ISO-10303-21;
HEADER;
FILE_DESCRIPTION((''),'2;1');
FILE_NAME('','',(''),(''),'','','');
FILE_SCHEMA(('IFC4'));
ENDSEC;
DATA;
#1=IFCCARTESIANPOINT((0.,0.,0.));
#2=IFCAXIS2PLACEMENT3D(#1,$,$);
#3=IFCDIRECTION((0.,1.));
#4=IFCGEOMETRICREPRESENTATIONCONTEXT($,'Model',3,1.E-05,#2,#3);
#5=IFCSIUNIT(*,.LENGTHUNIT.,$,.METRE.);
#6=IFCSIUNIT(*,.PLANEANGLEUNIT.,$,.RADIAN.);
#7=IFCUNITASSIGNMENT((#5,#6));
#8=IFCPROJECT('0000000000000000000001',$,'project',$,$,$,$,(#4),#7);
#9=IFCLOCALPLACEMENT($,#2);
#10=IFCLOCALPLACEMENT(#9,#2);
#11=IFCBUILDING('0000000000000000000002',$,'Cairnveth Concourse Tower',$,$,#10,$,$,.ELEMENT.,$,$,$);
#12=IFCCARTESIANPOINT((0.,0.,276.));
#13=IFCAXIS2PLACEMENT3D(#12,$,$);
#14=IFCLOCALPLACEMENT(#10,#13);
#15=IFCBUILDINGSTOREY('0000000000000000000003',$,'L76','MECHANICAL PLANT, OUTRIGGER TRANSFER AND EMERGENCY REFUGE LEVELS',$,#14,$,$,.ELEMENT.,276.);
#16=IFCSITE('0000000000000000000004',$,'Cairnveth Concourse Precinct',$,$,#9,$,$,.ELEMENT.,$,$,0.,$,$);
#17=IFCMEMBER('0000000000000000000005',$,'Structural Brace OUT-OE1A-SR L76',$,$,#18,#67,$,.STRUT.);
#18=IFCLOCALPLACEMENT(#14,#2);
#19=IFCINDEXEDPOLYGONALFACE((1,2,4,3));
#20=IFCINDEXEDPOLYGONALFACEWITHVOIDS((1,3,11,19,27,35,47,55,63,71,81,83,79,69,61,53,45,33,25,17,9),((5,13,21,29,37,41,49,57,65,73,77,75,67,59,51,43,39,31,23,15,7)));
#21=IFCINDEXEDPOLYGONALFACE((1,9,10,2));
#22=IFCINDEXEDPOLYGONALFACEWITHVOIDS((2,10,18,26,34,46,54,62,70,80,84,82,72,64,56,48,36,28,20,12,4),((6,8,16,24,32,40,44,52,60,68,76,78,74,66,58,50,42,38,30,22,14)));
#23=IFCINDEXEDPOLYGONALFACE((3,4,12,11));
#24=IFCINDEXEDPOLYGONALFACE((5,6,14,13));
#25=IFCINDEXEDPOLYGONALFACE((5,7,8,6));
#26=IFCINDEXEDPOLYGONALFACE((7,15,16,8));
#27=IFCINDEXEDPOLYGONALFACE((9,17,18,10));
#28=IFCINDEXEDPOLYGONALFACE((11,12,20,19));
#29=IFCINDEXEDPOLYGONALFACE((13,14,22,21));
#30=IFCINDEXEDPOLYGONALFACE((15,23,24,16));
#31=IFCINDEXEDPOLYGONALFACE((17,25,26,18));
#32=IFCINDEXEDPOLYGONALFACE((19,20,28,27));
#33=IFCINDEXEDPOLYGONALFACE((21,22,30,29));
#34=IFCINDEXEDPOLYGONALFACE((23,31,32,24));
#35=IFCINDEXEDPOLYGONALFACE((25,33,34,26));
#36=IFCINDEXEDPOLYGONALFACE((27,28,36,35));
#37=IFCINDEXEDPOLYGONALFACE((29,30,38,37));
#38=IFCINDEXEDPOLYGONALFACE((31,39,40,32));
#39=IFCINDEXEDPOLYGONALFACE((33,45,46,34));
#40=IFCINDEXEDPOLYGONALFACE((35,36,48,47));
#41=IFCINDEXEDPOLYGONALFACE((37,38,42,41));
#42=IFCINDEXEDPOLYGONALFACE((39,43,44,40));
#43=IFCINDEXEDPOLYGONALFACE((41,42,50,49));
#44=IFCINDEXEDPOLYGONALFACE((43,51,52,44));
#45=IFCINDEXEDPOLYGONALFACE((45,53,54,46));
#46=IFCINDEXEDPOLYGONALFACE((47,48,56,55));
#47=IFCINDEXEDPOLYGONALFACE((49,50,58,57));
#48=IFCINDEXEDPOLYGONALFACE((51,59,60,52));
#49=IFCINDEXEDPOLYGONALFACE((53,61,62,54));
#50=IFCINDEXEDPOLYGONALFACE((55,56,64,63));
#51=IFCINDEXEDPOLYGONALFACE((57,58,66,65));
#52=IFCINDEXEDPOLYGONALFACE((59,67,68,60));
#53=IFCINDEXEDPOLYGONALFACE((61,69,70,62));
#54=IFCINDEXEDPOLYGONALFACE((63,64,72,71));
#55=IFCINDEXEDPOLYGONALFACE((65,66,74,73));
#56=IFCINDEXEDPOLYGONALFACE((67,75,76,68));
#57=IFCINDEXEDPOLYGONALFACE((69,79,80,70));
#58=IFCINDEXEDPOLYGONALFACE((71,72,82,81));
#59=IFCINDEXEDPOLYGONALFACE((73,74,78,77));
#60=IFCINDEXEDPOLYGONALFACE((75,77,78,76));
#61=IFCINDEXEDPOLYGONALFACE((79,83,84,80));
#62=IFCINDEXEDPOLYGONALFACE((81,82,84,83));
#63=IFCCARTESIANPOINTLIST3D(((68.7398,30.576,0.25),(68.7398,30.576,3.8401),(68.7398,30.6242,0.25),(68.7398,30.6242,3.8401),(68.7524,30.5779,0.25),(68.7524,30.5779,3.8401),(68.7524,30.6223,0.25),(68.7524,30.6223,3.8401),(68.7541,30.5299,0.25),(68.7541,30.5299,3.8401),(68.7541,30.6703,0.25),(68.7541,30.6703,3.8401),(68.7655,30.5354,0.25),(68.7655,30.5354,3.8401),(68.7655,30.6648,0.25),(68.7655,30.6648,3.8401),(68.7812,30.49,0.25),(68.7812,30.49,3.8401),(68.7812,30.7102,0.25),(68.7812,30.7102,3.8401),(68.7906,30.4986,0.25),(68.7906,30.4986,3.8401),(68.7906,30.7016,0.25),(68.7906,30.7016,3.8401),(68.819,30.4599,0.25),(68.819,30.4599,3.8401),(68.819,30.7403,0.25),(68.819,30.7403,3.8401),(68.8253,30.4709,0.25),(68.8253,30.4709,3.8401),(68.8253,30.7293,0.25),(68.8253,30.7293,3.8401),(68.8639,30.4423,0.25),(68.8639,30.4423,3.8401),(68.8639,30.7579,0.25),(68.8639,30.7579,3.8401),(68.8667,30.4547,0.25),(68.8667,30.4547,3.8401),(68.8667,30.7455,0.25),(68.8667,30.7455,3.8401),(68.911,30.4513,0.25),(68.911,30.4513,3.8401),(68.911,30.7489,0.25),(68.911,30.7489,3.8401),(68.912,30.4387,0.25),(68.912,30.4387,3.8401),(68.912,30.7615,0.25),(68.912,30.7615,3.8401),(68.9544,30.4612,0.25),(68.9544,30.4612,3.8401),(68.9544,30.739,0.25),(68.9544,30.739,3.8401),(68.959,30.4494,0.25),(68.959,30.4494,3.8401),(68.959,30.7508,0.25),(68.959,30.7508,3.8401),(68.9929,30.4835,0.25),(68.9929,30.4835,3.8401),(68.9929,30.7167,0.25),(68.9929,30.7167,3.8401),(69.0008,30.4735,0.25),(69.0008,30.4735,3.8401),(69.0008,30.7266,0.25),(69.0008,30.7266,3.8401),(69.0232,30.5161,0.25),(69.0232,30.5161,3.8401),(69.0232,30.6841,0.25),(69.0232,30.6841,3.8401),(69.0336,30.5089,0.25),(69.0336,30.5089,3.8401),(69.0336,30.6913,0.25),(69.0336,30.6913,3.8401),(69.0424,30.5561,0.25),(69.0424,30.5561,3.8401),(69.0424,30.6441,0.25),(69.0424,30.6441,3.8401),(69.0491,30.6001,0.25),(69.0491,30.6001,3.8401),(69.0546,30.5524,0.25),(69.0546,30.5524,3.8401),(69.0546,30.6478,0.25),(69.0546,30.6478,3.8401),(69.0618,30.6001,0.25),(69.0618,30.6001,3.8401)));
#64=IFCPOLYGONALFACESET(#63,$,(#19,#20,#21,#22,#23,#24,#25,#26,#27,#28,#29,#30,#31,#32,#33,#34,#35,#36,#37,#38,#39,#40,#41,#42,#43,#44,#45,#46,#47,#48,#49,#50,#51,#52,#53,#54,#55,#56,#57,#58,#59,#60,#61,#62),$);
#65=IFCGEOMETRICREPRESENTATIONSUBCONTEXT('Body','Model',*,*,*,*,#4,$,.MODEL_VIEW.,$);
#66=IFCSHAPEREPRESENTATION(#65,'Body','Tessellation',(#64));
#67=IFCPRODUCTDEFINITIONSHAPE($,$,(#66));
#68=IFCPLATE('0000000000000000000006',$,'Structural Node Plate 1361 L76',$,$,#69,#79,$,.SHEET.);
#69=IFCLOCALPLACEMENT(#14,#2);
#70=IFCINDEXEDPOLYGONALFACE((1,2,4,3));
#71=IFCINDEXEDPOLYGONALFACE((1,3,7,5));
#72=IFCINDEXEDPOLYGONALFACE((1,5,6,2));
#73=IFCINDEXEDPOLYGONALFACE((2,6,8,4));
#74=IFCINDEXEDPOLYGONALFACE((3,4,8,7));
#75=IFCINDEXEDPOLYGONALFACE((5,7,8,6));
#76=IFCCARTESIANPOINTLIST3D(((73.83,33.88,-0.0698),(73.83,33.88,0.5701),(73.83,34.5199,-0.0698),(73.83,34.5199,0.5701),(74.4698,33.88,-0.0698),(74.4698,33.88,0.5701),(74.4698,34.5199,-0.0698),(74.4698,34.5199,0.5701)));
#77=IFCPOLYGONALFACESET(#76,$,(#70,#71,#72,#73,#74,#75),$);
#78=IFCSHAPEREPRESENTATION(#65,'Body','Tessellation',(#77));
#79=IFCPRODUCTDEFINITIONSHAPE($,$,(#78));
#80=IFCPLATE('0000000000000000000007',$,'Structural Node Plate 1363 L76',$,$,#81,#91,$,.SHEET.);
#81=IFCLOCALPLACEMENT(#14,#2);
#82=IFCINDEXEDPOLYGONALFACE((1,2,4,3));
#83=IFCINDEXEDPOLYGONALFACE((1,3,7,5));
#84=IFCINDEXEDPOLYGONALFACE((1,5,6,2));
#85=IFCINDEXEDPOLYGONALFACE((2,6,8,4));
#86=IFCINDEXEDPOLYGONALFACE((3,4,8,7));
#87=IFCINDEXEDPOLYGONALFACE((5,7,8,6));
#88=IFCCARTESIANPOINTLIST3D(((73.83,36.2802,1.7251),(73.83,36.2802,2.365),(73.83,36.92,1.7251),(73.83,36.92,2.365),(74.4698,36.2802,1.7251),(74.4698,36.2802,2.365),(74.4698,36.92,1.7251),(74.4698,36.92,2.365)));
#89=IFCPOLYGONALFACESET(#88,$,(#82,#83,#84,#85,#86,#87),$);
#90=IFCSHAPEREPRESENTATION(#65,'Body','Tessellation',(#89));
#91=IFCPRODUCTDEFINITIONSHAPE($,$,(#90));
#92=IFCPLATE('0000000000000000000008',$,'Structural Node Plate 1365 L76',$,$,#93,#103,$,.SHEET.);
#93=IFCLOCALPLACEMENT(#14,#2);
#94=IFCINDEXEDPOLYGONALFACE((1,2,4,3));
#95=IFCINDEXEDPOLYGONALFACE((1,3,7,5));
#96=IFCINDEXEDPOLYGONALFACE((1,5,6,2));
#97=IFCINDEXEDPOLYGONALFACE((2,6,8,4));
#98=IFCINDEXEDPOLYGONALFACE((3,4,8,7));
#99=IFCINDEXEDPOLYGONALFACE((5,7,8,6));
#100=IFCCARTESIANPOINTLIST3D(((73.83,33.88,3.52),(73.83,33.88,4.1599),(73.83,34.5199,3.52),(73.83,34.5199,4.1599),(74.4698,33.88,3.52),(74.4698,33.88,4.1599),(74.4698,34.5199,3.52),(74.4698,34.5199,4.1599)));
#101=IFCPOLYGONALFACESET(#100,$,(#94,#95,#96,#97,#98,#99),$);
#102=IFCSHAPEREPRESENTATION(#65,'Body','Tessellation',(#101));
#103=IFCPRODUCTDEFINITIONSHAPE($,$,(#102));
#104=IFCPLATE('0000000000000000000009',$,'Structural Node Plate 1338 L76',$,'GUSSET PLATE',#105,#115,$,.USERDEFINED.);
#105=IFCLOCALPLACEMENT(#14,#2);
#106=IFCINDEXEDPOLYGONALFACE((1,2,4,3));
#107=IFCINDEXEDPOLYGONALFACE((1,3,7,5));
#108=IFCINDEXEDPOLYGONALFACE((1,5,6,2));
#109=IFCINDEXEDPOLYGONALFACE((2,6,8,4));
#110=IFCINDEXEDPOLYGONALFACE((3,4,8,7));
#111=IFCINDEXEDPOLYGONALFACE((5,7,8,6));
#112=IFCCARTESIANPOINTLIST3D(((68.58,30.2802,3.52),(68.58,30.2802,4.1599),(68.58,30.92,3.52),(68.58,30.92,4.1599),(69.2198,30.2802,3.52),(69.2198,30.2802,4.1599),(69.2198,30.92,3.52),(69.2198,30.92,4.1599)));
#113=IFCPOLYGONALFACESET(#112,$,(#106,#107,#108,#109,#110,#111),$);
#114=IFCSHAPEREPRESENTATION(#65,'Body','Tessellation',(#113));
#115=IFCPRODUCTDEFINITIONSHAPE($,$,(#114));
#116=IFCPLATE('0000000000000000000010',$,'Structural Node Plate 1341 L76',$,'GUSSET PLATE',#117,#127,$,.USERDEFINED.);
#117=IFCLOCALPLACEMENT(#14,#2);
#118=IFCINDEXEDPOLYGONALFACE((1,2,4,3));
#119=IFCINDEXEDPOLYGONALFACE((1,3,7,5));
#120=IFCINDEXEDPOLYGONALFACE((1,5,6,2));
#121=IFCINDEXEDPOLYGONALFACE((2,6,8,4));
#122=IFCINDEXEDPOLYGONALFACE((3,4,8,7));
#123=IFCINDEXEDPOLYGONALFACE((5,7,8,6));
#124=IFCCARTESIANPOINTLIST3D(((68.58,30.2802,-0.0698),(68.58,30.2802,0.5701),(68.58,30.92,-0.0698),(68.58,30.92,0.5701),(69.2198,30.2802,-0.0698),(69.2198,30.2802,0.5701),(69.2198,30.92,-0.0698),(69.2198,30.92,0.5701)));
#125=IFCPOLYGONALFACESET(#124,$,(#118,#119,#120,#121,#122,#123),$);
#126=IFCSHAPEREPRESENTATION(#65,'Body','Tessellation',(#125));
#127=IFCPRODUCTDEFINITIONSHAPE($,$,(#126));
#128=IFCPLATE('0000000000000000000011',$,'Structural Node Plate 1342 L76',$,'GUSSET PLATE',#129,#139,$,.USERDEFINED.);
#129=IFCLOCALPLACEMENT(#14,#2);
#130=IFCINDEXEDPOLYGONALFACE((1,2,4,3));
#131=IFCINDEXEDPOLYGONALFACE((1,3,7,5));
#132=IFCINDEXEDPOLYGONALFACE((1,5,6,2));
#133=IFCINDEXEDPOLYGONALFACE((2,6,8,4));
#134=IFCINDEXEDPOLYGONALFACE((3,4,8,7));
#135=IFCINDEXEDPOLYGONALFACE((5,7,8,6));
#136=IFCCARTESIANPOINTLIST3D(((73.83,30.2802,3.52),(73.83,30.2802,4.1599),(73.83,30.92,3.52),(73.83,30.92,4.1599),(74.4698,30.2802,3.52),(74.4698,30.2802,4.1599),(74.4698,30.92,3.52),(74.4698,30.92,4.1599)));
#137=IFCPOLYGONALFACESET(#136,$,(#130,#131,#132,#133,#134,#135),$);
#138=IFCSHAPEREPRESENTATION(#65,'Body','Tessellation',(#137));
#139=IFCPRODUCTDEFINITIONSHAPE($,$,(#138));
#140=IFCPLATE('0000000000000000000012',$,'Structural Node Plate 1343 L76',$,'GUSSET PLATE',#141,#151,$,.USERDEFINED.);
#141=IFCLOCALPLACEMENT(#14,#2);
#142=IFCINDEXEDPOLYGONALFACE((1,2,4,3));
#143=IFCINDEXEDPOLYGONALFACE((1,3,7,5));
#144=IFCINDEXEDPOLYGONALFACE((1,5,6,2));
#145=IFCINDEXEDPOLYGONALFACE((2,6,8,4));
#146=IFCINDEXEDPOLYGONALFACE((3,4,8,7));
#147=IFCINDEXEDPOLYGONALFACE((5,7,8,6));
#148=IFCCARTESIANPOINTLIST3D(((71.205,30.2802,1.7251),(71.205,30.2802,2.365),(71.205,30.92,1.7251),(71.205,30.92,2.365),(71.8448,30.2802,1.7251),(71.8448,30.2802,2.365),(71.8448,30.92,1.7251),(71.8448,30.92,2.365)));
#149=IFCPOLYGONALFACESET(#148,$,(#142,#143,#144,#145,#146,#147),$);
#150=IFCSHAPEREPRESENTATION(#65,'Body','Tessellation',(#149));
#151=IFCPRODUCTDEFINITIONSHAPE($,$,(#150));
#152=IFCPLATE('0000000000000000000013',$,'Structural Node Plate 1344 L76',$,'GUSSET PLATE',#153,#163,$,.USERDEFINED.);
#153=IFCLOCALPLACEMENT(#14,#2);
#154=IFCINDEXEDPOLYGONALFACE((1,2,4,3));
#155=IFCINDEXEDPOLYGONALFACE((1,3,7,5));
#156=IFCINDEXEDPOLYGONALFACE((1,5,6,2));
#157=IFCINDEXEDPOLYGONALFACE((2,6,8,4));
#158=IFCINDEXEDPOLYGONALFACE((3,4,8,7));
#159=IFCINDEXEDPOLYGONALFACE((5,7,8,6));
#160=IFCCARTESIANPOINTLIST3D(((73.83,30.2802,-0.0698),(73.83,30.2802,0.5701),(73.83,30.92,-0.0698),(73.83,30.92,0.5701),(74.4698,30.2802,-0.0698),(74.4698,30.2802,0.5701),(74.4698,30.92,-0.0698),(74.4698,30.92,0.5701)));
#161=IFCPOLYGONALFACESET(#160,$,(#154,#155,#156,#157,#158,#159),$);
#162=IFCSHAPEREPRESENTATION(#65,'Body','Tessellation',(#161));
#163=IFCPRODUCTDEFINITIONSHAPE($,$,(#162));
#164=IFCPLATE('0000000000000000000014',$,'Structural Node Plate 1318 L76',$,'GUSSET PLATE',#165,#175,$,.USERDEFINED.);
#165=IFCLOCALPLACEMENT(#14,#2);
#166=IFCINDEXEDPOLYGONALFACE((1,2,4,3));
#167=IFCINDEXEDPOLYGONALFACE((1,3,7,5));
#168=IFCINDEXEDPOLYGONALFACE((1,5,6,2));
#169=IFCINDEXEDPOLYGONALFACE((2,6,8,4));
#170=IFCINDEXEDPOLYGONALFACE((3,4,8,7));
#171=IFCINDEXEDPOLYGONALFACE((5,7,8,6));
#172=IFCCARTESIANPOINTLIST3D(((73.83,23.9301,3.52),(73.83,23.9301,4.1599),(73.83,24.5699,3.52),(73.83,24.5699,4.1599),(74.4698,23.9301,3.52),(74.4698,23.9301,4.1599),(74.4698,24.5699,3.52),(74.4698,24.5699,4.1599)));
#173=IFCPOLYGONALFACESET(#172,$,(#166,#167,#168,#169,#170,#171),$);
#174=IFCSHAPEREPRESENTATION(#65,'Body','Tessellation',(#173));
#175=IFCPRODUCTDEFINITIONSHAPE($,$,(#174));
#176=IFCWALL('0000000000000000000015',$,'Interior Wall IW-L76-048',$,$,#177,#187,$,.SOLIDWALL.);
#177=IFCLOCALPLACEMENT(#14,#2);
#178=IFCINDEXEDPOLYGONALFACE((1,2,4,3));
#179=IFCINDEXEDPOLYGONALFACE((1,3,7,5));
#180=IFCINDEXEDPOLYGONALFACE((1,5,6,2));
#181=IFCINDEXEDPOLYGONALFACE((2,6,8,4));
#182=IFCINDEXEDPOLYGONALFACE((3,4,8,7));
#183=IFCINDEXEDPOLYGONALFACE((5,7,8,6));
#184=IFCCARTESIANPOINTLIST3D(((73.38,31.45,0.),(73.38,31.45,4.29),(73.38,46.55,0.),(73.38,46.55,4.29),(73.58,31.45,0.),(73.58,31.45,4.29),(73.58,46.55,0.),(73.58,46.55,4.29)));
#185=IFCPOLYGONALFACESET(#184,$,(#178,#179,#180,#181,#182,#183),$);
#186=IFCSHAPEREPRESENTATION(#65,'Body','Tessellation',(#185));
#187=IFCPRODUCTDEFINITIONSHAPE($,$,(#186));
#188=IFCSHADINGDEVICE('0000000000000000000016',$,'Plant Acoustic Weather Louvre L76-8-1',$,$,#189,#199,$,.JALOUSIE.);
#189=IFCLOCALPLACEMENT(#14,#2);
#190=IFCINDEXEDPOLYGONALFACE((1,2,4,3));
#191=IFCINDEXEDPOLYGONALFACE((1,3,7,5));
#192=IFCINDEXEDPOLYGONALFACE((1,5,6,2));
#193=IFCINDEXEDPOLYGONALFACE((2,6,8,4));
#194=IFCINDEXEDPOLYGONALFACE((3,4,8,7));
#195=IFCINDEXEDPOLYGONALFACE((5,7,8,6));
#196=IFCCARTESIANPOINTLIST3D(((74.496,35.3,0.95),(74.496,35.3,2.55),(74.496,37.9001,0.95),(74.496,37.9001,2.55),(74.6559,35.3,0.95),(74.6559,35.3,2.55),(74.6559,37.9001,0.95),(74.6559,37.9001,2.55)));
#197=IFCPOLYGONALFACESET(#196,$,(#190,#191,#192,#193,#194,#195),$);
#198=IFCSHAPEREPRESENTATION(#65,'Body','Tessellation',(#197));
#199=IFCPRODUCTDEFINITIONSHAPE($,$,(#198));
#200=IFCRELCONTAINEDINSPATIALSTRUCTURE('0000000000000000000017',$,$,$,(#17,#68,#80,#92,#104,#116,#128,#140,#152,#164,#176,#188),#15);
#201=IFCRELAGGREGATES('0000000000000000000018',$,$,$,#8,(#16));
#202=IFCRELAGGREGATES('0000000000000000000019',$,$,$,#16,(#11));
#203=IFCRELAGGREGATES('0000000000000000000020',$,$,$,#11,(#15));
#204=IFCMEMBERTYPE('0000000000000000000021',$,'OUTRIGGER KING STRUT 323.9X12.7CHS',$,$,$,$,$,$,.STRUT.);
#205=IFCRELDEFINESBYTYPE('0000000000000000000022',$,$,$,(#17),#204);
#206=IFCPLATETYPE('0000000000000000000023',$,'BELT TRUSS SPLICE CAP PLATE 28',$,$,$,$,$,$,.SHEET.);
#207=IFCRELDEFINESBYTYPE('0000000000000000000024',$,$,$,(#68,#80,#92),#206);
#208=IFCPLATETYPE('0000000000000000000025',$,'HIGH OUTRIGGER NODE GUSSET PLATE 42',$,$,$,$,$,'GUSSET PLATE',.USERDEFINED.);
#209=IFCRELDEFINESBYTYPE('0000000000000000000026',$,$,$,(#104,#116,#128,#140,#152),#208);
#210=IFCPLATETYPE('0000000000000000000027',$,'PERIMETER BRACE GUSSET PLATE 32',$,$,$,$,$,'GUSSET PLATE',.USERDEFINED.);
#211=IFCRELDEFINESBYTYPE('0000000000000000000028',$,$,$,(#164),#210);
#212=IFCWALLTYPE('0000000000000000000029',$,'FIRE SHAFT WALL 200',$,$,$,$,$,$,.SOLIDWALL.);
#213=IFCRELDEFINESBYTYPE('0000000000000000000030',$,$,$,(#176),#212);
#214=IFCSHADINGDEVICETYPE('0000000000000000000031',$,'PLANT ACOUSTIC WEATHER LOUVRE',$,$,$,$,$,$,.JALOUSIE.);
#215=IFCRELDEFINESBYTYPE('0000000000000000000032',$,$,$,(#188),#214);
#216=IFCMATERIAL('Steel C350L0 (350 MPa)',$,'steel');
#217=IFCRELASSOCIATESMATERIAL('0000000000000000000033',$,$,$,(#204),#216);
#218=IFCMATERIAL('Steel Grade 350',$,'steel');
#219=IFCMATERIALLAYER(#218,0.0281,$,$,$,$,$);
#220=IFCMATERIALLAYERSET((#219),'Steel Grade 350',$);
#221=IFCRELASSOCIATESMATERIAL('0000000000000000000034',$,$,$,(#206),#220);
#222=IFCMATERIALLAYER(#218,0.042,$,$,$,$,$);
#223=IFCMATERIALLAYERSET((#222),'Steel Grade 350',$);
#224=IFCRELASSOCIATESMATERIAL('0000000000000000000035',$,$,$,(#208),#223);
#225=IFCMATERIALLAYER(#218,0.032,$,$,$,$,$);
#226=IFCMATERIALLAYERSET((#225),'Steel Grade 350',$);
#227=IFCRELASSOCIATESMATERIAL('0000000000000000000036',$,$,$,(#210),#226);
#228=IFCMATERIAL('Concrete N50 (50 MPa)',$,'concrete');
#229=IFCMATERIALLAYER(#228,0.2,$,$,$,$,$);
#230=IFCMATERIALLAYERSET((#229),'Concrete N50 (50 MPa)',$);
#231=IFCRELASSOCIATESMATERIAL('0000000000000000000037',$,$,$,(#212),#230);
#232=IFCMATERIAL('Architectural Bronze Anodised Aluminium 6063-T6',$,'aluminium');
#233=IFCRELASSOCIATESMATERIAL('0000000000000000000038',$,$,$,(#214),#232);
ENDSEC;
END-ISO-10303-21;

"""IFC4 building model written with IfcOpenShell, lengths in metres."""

from ifc_helpers import new_model, si_unit, direction, frame, frame_2d, origin, origin_2d, place, context, subcontext, project, spatial, rectangle, hollow_circle, extrude, material, layer, layer_set, material_profile, profile_set, type_object, element, save


model = new_model("IFC4")

# Units and contexts
model_context = context("Model", 3, precision=1e-05, world=origin(), true_north=direction((0.0, 1.0)))
body_context = subcontext(model_context, "Body", "Model", "MODEL_VIEW")
ifc_project = project(units=[si_unit("LENGTHUNIT", "METRE"), si_unit("PLANEANGLEUNIT", "RADIAN")], contexts=[model_context])

# Site, building, storey
site_placement = place(None, origin())
site = spatial("IfcSite", under=ifc_project, at=site_placement, Name="Cairnveth Concourse Precinct", CompositionType="ELEMENT", RefElevation=0.0)
building_placement = place(site_placement, origin())
building = spatial("IfcBuilding", under=site, at=building_placement, Name="Cairnveth Concourse Tower", CompositionType="ELEMENT")
storey_placement = place(building_placement, frame((0.0, 0.0, 276.0)))
storey = spatial("IfcBuildingStorey", under=building, at=storey_placement, Name="L76", Description="MECHANICAL PLANT, OUTRIGGER TRANSFER AND EMERGENCY REFUGE LEVELS", CompositionType="ELEMENT", Elevation=276.0)

# Shared definitions
ifc_material_1 = material(Name="Steel C350L0 (350 MPa)", Category="steel")

# Member
ifc_material_profile_1 = material_profile(ifc_material_1, hollow_circle(Radius=0.1619, WallThickness=0.0127, at=origin_2d()), Name="323.9x12.7CHS")
ifc_profile_set_1 = profile_set([ifc_material_profile_1], Name="Steel C350L0 (350 MPa)")
member_type_1 = type_object("IfcMemberType", Name="OUTRIGGER KING STRUT 323.9X12.7CHS", PredefinedType="STRUT", material=ifc_profile_set_1)
member_1_placement = place(storey_placement, frame((68.8999, 30.6001, 0.25), z_axis=(0.0, 0.0, 1.0), x_axis=(1.0, 0.0, 0.0)))
element("IfcMember", 1, at=member_1_placement, inside=storey, type_object=member_type_1, Name="Structural Brace OUT-OE1A-SR L76", PredefinedType="STRUT", context=body_context, shape_type="SweptSolid", body=[
    extrude(hollow_circle(Radius=0.1619, WallThickness=0.0127, at=origin_2d()), origin(), (0.0, 0.0, 1.0), 3.5901),
])

# Plates
ifc_material_2 = material(Name="Steel Grade 350", Category="steel")
ifc_layer_1 = layer(ifc_material_2, 0.0281)
ifc_layer_set_1 = layer_set([ifc_layer_1], Name="Steel Grade 350")
plate_type_1 = type_object("IfcPlateType", Name="BELT TRUSS SPLICE CAP PLATE 28", PredefinedType="SHEET", material=ifc_layer_set_1)
for number, where, z_axis, x_axis, name in (
    (2, (74.1499, 34.2, -0.0698), (0.0, 0.0, 1.0), (1.0, 0.0, 0.0), "Structural Node Plate 1361 L76"),
    (3, (74.1499, 36.6001, 1.7251), (0.0, 0.0, 1.0), (1.0, 0.0, 0.0), "Structural Node Plate 1363 L76"),
    (4, (74.1499, 34.2, 3.52), (0.0, 0.0, 1.0), (1.0, 0.0, 0.0), "Structural Node Plate 1365 L76"),
):
    element("IfcPlate", number, at=place(storey_placement, frame(where, z_axis=z_axis, x_axis=x_axis)), inside=storey, type_object=plate_type_1, Name=name, PredefinedType="SHEET", context=body_context, shape_type="SweptSolid", body=[
        extrude(rectangle(XDim=0.6399, YDim=0.6399, at=origin_2d()), origin(), (0.0, 0.0, 1.0), 0.6399),
    ])
ifc_layer_2 = layer(ifc_material_2, 0.042)
ifc_layer_set_2 = layer_set([ifc_layer_2], Name="Steel Grade 350")
plate_type_2 = type_object("IfcPlateType", Name="HIGH OUTRIGGER NODE GUSSET PLATE 42", ElementType="GUSSET PLATE", PredefinedType="USERDEFINED", material=ifc_layer_set_2)
for number, where, z_axis, x_axis, name in (
    (5, (68.8999, 30.6001, 3.52), (0.0, 0.0, 1.0), (1.0, 0.0, 0.0), "Structural Node Plate 1338 L76"),
    (6, (68.8999, 30.6001, -0.0698), (0.0, 0.0, 1.0), (1.0, 0.0, 0.0), "Structural Node Plate 1341 L76"),
    (7, (74.1499, 30.6001, 3.52), (0.0, 0.0, 1.0), (1.0, 0.0, 0.0), "Structural Node Plate 1342 L76"),
    (8, (71.5249, 30.6001, 1.7251), (0.0, 0.0, 1.0), (1.0, 0.0, 0.0), "Structural Node Plate 1343 L76"),
    (9, (74.1499, 30.6001, -0.0698), (0.0, 0.0, 1.0), (1.0, 0.0, 0.0), "Structural Node Plate 1344 L76"),
):
    element("IfcPlate", number, at=place(storey_placement, frame(where, z_axis=z_axis, x_axis=x_axis)), inside=storey, type_object=plate_type_2, Name=name, ObjectType="GUSSET PLATE", PredefinedType="USERDEFINED", context=body_context, shape_type="SweptSolid", body=[
        extrude(rectangle(XDim=0.6399, YDim=0.6399, at=origin_2d()), origin(), (0.0, 0.0, 1.0), 0.6399),
    ])
ifc_layer_3 = layer(ifc_material_2, 0.032)
ifc_layer_set_3 = layer_set([ifc_layer_3], Name="Steel Grade 350")
plate_type_3 = type_object("IfcPlateType", Name="PERIMETER BRACE GUSSET PLATE 32", ElementType="GUSSET PLATE", PredefinedType="USERDEFINED", material=ifc_layer_set_3)
plate_placement = place(storey_placement, frame((74.1499, 24.25, 3.52), z_axis=(0.0, 0.0, 1.0), x_axis=(1.0, 0.0, 0.0)))
element("IfcPlate", 10, at=plate_placement, inside=storey, type_object=plate_type_3, Name="Structural Node Plate 1318 L76", ObjectType="GUSSET PLATE", PredefinedType="USERDEFINED", context=body_context, shape_type="SweptSolid", body=[
    extrude(rectangle(XDim=0.6399, YDim=0.6399, at=origin_2d()), origin(), (0.0, 0.0, 1.0), 0.6399),
])

# Wall
ifc_material_3 = material(Name="Concrete N50 (50 MPa)", Category="concrete")
ifc_layer_4 = layer(ifc_material_3, 0.2)
ifc_layer_set_4 = layer_set([ifc_layer_4], Name="Concrete N50 (50 MPa)")
wall_type = type_object("IfcWallType", Name="FIRE SHAFT WALL 200", PredefinedType="SOLIDWALL", material=ifc_layer_set_4)
wall_placement = place(storey_placement, frame((73.48, 31.45, 0.0), z_axis=(0.0, 0.0, 1.0), x_axis=(0.0, 1.0, 0.0)))
element("IfcWall", 11, at=wall_placement, inside=storey, type_object=wall_type, Name="Interior Wall IW-L76-048", PredefinedType="SOLIDWALL", context=body_context, shape_type="SweptSolid", body=[
    extrude(rectangle(XDim=15.1001, YDim=0.2, at=frame_2d((7.55, 0.0))), origin(), (0.0, 0.0, 1.0), 4.29),
])

# Shading device
ifc_material_4 = material(Name="Architectural Bronze Anodised Aluminium 6063-T6", Category="aluminium")
shading_device_type = type_object("IfcShadingDeviceType", Name="PLANT ACOUSTIC WEATHER LOUVRE", PredefinedType="JALOUSIE", material=ifc_material_4)
shading_device_placement = place(storey_placement, frame((74.5759, 36.6001, 0.95), z_axis=(0.0, 0.0, 1.0), x_axis=(1.0, 0.0, 0.0)))
element("IfcShadingDevice", 12, at=shading_device_placement, inside=storey, type_object=shading_device_type, Name="Plant Acoustic Weather Louvre L76-8-1", PredefinedType="JALOUSIE", context=body_context, shape_type="SweptSolid", body=[
    extrude(rectangle(XDim=0.1599, YDim=2.6001, at=origin_2d()), origin(), (0.0, 0.0, 1.0), 1.6001),
])

save(model, "model.ifc")
